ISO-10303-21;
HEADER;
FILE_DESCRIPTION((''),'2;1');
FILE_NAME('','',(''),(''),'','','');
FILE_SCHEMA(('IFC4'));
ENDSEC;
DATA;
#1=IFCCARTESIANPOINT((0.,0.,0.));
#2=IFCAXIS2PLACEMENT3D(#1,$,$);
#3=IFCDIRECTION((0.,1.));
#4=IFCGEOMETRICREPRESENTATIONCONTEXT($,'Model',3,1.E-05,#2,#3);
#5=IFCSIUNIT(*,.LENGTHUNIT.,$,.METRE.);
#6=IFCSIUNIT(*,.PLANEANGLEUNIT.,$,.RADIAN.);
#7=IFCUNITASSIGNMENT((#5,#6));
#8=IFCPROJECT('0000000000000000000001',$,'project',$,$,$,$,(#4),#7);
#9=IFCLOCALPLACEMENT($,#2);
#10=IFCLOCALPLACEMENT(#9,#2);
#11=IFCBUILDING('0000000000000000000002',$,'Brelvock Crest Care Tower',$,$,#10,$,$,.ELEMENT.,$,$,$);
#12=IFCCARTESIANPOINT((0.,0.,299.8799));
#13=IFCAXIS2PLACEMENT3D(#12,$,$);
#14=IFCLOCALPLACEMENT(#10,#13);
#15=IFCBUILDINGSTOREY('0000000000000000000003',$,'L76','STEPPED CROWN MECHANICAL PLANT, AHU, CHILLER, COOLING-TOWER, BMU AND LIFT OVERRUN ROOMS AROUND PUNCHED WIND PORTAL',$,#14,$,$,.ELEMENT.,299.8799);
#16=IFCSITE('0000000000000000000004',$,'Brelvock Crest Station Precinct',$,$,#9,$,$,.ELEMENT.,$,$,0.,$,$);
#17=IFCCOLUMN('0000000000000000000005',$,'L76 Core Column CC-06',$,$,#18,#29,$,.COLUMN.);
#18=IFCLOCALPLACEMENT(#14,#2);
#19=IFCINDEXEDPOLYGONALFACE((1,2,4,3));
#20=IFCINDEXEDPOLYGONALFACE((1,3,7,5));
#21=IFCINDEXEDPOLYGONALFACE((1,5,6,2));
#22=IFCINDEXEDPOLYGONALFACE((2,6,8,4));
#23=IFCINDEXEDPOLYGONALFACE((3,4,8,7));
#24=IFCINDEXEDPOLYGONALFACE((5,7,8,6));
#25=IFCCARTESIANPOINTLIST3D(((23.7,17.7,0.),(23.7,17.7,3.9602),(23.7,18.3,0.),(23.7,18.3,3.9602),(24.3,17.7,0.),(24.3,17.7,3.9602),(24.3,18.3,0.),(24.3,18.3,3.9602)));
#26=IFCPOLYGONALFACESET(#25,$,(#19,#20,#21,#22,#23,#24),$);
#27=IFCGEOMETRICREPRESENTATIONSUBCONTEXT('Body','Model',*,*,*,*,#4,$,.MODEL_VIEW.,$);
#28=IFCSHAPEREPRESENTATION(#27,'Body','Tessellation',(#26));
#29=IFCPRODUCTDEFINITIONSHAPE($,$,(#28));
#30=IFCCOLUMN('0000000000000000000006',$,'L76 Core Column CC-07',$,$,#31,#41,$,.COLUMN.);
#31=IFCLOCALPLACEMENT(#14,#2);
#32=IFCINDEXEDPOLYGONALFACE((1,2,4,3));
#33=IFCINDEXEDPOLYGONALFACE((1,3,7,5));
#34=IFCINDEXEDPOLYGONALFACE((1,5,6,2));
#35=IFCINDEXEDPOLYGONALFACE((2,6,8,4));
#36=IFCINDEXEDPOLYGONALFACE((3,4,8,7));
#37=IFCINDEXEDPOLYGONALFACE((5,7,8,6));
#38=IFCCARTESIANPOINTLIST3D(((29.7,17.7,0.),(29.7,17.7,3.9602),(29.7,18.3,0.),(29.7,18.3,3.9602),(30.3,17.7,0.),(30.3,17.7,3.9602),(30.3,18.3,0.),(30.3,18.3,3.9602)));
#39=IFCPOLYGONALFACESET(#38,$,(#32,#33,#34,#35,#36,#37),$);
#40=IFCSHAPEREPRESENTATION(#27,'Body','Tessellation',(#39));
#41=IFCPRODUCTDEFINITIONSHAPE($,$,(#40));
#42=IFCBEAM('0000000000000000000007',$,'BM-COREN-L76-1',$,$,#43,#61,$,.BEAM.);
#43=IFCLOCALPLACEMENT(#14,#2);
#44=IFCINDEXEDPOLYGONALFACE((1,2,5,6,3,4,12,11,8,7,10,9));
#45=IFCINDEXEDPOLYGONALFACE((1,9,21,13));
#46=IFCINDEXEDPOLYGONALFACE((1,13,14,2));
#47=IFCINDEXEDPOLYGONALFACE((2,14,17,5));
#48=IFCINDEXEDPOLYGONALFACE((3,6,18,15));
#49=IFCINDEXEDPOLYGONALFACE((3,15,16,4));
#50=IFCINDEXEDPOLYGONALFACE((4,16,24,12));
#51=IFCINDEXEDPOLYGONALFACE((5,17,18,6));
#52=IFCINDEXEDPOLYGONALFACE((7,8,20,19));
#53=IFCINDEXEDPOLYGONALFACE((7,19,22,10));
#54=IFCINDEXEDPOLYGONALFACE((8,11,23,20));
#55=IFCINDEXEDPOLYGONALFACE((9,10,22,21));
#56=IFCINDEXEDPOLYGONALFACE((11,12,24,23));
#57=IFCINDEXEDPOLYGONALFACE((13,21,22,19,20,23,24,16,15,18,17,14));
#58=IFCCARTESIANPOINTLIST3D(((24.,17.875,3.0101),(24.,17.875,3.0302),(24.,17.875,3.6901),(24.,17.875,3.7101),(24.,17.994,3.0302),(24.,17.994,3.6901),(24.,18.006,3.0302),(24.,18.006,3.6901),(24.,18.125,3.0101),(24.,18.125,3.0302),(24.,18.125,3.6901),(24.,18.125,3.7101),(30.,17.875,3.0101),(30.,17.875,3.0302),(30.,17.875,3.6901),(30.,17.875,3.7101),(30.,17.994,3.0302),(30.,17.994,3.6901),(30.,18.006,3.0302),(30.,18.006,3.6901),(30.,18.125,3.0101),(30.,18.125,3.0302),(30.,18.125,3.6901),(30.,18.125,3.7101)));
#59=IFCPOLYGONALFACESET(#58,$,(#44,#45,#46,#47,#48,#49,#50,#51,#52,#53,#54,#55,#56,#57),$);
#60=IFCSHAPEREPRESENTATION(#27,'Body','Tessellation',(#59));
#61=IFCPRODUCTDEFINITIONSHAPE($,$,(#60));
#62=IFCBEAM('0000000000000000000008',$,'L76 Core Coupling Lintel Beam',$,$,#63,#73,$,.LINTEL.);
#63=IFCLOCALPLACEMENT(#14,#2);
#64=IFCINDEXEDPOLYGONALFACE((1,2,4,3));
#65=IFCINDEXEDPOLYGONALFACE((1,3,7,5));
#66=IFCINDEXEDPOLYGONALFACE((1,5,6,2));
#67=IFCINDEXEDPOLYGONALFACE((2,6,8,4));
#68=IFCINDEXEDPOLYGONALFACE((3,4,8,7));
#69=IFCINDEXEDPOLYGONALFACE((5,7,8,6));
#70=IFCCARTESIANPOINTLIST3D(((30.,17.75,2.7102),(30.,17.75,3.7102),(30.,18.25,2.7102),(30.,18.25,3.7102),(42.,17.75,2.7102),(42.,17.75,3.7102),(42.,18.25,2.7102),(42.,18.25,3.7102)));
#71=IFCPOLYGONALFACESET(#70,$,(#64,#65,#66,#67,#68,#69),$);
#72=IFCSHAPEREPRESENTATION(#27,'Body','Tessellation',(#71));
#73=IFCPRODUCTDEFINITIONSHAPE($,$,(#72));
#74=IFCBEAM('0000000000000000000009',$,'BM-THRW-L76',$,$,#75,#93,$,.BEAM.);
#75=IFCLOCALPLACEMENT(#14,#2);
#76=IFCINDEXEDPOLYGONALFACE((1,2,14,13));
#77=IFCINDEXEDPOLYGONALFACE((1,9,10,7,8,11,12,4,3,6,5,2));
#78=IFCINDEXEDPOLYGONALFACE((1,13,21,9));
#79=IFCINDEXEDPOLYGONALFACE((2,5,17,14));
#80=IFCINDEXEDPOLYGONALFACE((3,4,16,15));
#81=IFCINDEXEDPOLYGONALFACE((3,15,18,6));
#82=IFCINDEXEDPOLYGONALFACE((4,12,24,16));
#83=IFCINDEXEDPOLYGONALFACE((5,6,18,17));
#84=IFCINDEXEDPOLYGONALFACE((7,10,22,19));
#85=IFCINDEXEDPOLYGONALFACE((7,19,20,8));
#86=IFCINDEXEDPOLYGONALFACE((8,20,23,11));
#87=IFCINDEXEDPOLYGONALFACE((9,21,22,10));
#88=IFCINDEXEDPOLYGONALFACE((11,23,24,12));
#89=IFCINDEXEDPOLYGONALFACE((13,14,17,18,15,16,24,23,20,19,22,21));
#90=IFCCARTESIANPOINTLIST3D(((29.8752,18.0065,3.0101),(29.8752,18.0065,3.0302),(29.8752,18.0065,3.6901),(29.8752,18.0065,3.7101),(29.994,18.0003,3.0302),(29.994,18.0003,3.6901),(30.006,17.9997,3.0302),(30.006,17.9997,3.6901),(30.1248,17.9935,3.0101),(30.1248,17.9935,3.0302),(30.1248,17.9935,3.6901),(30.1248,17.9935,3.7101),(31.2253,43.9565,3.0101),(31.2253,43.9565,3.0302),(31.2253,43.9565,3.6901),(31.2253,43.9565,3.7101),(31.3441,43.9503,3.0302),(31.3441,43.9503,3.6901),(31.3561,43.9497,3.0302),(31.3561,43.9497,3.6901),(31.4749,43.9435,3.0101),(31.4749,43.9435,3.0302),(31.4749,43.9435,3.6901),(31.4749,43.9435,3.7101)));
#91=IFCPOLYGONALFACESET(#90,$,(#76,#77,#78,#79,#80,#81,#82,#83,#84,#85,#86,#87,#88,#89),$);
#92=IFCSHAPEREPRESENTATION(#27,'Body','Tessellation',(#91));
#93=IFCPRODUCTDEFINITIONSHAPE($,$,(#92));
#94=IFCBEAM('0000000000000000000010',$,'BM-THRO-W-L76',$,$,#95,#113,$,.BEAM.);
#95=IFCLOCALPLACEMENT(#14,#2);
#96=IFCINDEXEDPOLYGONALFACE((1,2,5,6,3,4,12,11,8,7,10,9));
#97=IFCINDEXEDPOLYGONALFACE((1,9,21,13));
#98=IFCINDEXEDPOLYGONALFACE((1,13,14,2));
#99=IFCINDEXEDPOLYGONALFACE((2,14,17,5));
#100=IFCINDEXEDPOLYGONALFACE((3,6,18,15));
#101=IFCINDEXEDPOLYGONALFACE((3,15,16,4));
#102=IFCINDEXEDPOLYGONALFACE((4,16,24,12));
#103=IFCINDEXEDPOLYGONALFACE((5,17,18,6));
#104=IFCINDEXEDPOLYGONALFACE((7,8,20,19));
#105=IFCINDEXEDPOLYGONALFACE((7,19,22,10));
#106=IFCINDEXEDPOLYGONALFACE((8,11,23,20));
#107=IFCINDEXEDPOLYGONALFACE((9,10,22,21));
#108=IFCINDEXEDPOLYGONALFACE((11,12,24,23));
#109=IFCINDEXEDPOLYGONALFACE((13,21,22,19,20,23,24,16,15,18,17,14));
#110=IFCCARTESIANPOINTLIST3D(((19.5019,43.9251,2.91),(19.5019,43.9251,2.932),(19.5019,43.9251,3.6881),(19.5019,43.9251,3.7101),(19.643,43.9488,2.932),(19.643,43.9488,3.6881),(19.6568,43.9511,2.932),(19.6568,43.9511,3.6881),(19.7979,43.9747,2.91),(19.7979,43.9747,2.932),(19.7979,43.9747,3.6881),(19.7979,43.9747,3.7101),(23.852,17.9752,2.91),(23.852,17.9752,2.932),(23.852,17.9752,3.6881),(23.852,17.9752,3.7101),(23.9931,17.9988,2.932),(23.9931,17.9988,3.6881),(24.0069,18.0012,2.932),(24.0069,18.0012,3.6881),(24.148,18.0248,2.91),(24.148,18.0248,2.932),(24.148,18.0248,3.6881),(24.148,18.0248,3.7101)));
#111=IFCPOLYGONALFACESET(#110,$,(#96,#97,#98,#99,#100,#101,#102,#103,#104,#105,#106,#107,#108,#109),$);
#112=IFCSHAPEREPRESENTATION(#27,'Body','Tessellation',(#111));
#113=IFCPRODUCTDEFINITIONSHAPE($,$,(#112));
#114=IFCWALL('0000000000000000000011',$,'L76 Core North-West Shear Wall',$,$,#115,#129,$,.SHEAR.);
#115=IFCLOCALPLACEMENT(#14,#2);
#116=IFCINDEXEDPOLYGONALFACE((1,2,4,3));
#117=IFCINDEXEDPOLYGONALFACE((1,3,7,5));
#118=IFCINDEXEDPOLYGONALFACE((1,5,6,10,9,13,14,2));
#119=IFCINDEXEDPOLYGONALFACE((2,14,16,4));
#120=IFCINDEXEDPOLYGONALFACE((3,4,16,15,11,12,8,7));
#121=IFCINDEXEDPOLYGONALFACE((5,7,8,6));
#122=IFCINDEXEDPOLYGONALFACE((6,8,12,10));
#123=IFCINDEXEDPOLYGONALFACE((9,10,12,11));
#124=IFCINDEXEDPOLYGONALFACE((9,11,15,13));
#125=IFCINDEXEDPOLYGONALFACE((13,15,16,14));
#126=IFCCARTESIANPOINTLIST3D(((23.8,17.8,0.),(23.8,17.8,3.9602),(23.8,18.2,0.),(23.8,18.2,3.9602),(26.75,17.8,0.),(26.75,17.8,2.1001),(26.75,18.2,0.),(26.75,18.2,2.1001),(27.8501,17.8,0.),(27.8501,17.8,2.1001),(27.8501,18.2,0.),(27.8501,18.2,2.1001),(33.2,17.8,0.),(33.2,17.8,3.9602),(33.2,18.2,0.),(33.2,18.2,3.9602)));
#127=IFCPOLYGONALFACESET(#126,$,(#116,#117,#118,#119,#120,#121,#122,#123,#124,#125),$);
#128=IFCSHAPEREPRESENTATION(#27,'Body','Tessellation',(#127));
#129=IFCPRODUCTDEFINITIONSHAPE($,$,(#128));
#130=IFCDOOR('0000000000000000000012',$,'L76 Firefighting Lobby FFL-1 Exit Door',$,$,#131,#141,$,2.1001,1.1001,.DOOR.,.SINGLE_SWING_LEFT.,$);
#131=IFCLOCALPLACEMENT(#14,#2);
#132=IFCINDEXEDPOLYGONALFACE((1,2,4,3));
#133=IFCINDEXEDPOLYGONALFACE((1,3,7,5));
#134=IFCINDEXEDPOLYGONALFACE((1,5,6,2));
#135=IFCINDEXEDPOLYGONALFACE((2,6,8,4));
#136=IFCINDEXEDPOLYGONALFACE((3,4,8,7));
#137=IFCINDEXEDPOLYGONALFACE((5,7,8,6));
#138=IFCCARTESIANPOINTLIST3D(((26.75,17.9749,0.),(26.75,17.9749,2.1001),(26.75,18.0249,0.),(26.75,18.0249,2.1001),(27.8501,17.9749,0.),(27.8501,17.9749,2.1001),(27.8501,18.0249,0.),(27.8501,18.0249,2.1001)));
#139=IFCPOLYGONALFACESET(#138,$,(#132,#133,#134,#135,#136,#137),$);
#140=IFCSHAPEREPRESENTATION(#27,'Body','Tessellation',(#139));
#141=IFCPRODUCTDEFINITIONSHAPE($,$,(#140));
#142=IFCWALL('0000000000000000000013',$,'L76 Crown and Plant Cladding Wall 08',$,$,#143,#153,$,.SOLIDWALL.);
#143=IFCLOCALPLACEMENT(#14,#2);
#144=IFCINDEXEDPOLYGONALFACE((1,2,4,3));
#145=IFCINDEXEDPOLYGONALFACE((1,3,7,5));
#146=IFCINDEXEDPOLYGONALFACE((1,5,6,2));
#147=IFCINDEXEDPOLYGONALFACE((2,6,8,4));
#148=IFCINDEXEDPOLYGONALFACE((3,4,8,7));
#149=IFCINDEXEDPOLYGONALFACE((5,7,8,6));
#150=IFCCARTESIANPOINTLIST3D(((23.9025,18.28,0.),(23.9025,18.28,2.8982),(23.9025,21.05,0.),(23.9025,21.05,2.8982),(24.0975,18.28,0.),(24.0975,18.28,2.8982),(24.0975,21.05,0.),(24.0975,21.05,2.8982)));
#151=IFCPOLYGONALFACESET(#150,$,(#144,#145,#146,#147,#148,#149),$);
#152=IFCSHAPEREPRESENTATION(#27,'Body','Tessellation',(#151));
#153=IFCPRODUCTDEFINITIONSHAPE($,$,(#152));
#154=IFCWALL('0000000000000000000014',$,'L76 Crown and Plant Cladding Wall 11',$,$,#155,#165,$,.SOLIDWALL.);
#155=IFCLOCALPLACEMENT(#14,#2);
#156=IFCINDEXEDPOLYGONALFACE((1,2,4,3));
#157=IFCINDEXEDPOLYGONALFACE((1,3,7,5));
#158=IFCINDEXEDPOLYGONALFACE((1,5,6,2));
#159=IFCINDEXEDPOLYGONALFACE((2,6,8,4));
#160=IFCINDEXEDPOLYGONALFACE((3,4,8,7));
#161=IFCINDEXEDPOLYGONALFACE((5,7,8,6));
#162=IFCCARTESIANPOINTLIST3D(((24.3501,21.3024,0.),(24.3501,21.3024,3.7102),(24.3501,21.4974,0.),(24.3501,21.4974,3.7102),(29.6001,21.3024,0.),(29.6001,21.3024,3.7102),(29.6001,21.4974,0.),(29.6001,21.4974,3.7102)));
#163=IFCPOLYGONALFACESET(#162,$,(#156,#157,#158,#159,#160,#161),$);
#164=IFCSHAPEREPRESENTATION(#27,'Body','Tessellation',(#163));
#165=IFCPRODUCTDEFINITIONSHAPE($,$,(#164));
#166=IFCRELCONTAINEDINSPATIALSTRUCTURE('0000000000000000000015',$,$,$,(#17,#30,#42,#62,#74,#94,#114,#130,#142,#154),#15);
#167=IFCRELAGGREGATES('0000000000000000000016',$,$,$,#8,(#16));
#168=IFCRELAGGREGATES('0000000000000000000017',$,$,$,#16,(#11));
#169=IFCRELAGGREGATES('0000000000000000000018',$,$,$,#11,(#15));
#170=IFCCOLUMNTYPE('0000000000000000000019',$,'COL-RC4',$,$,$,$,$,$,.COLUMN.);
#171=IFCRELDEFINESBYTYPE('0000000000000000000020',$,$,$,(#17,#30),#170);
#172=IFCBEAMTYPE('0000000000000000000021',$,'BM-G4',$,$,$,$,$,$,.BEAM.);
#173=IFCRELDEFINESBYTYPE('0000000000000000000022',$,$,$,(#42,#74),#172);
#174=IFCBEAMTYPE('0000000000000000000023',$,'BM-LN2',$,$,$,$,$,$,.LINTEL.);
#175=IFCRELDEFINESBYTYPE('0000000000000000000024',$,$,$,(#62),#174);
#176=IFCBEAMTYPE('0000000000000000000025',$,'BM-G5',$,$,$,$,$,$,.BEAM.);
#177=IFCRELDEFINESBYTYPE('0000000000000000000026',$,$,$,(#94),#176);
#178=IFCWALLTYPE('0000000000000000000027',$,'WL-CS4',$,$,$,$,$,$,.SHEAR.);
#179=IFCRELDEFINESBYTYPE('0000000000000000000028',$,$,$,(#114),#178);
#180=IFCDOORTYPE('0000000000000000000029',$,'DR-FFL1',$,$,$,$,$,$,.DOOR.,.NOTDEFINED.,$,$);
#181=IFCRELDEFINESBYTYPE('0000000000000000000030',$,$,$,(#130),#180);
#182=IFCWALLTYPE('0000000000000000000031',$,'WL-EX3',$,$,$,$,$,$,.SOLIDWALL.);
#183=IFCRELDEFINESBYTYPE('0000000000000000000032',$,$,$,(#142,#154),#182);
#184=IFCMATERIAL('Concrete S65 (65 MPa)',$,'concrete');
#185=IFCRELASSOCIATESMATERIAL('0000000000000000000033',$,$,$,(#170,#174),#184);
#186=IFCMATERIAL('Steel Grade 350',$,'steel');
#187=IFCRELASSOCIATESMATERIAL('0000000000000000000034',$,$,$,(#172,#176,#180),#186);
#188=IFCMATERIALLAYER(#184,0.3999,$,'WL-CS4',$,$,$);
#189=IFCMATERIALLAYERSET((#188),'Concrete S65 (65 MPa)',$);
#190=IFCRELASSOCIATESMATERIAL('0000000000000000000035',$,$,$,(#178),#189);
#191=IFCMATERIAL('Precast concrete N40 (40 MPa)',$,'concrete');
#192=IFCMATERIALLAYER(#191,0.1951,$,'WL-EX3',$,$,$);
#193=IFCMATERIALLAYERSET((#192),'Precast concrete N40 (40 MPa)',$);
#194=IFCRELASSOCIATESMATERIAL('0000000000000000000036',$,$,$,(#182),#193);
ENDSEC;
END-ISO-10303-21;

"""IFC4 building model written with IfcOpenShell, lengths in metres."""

from ifc_helpers import new_model, si_unit, direction, frame, frame_2d, origin, origin_2d, place, context, subcontext, project, spatial, rectangle, i_section, extrude, source, transform, mapped, material, layer, layer_set, material_profile, profile_set, type_object, element, fill, save


model = new_model("IFC4")

# Units and contexts
model_context = context("Model", 3, precision=1e-05, world=origin(), true_north=direction((0.0, 1.0)))
body_context = subcontext(model_context, "Body", "Model", "MODEL_VIEW")
ifc_project = project(units=[si_unit("LENGTHUNIT", "METRE"), si_unit("PLANEANGLEUNIT", "RADIAN")], contexts=[model_context])

# Site, building, storey
site_placement = place(None, origin())
site = spatial("IfcSite", under=ifc_project, at=site_placement, Name="Brelvock Crest Station Precinct", CompositionType="ELEMENT", RefElevation=0.0)
building_placement = place(site_placement, origin())
building = spatial("IfcBuilding", under=site, at=building_placement, Name="Brelvock Crest Care Tower", CompositionType="ELEMENT")
storey_placement = place(building_placement, frame((0.0, 0.0, 299.8799)))
storey = spatial("IfcBuildingStorey", under=building, at=storey_placement, Name="L76", Description="STEPPED CROWN MECHANICAL PLANT, AHU, CHILLER, COOLING-TOWER, BMU AND LIFT OVERRUN ROOMS AROUND PUNCHED WIND PORTAL", CompositionType="ELEMENT", Elevation=299.8799)

# Columns
ifc_material_1 = material(Name="Concrete S65 (65 MPa)", Category="concrete")
ifc_material_profile_1 = material_profile(ifc_material_1, rectangle(XDim=0.6001, YDim=0.6001, at=origin_2d()), Name="RC600x600")
ifc_profile_set_1 = profile_set([ifc_material_profile_1], Name="Concrete S65 (65 MPa)")
column_type = type_object("IfcColumnType", Name="COL-RC4", PredefinedType="COLUMN", material=ifc_profile_set_1)
shared_shape_1 = source(origin(), body_context, "Body", "SweptSolid", [
    extrude(rectangle(XDim=0.6001, YDim=0.6001, at=origin_2d()), origin(), (0.0, 0.0, 1.0), 3.9602),
])
for number, where, z_axis, x_axis, name in (
    (1, (24.0, 18.0, 0.0), (0.0, 0.0, 1.0), (1.0, 0.0, 0.0), "L76 Core Column CC-06"),
    (2, (30.0, 18.0, 0.0), (0.0, 0.0, 1.0), (1.0, 0.0, 0.0), "L76 Core Column CC-07"),
):
    element("IfcColumn", number, at=place(storey_placement, frame(where, z_axis=z_axis, x_axis=x_axis)), inside=storey, type_object=column_type, Name=name, PredefinedType="COLUMN", context=body_context, shape_type="MappedRepresentation", body=[
        mapped(shared_shape_1, transform((0.0, 0.0, 0.0), x_axis=(1.0, 0.0, 0.0), y_axis=(0.0, 1.0, 0.0), z_axis=(0.0, 0.0, 1.0), scale=1.0)),
    ])

# Beams
ifc_material_2 = material(Name="Steel Grade 350", Category="steel")
ifc_material_profile_2 = material_profile(ifc_material_2, i_section(OverallWidth=0.25, OverallDepth=0.7, WebThickness=0.012, FlangeThickness=0.02, at=origin_2d()), Name="700WB150")
ifc_profile_set_2 = profile_set([ifc_material_profile_2], Name="Steel Grade 350")
beam_type_1 = type_object("IfcBeamType", Name="BM-G4", PredefinedType="BEAM", material=ifc_profile_set_2)
shared_shape_2 = source(origin(), body_context, "Body", "SweptSolid", [
    extrude(i_section(OverallWidth=0.25, OverallDepth=0.7, WebThickness=0.012, FlangeThickness=0.02, at=origin_2d()), origin(), (0.0, 0.0, 1.0), 6.0),
])
beam_1_placement = place(storey_placement, frame((24.0, 18.0, 3.3601), z_axis=(1.0, 0.0, 0.0), x_axis=(0.0, 1.0, 0.0)))
element("IfcBeam", 3, at=beam_1_placement, inside=storey, type_object=beam_type_1, Name="BM-COREN-L76-1", PredefinedType="BEAM", context=body_context, shape_type="MappedRepresentation", body=[
    mapped(shared_shape_2, transform((0.0, 0.0, 0.0), x_axis=(1.0, 0.0, 0.0), y_axis=(0.0, 1.0, 0.0), z_axis=(0.0, 0.0, 1.0), scale=1.0)),
])
ifc_material_profile_3 = material_profile(ifc_material_1, rectangle(XDim=0.5, YDim=1.0, at=origin_2d()), Name="RC500x1000")
ifc_profile_set_3 = profile_set([ifc_material_profile_3], Name="Concrete S65 (65 MPa)")
beam_type_2 = type_object("IfcBeamType", Name="BM-LN2", PredefinedType="LINTEL", material=ifc_profile_set_3)
shared_shape_3 = source(origin(), body_context, "Body", "SweptSolid", [
    extrude(rectangle(XDim=0.5, YDim=1.0, at=origin_2d()), origin(), (0.0, 0.0, 1.0), 12.0),
])
beam_2_placement = place(storey_placement, frame((30.0, 18.0, 3.2102), z_axis=(1.0, 0.0, 0.0), x_axis=(0.0, 1.0, 0.0)))
element("IfcBeam", 4, at=beam_2_placement, inside=storey, type_object=beam_type_2, Name="L76 Core Coupling Lintel Beam", PredefinedType="LINTEL", context=body_context, shape_type="MappedRepresentation", body=[
    mapped(shared_shape_3, transform((0.0, 0.0, 0.0), x_axis=(1.0, 0.0, 0.0), y_axis=(0.0, 1.0, 0.0), z_axis=(0.0, 0.0, 1.0), scale=1.0)),
])
shared_shape_4 = source(origin(), body_context, "Body", "SweptSolid", [
    extrude(i_section(OverallWidth=0.25, OverallDepth=0.7, WebThickness=0.012, FlangeThickness=0.02, at=origin_2d()), origin(), (0.0, 0.0, 1.0), 25.9851),
])
beam_3_placement = place(storey_placement, frame((30.0, 18.0, 3.3601), z_axis=(0.051957, 0.998649, 0.0), x_axis=(-0.998649, 0.051957, 0.0)))
element("IfcBeam", 5, at=beam_3_placement, inside=storey, type_object=beam_type_1, Name="BM-THRW-L76", PredefinedType="BEAM", context=body_context, shape_type="MappedRepresentation", body=[
    mapped(shared_shape_4, transform((0.0, 0.0, 0.0), x_axis=(1.0, 0.0, 0.0), y_axis=(0.0, 1.0, 0.0), z_axis=(0.0, 0.0, 1.0), scale=1.0)),
])
ifc_material_profile_4 = material_profile(ifc_material_2, i_section(OverallWidth=0.3, OverallDepth=0.8, WebThickness=0.0139, FlangeThickness=0.022, at=origin_2d()), Name="800WB192")
ifc_profile_set_4 = profile_set([ifc_material_profile_4], Name="Steel Grade 350")
beam_type_3 = type_object("IfcBeamType", Name="BM-G5", PredefinedType="BEAM", material=ifc_profile_set_4)
shared_shape_5 = source(origin(), body_context, "Body", "SweptSolid", [
    extrude(i_section(OverallWidth=0.3, OverallDepth=0.8, WebThickness=0.0139, FlangeThickness=0.022, at=origin_2d()), origin(), (0.0, 0.0, 1.0), 26.312),
])
beam_4_placement = place(storey_placement, frame((24.0, 18.0, 3.3101), z_axis=(-0.165327, 0.986239, 0.0), x_axis=(-0.986239, -0.165327, 0.0)))
element("IfcBeam", 6, at=beam_4_placement, inside=storey, type_object=beam_type_3, Name="BM-THRO-W-L76", PredefinedType="BEAM", context=body_context, shape_type="MappedRepresentation", body=[
    mapped(shared_shape_5, transform((0.0, 0.0, 0.0), x_axis=(1.0, 0.0, 0.0), y_axis=(0.0, 1.0, 0.0), z_axis=(0.0, 0.0, 1.0), scale=1.0)),
])

# Wall, opening, door
ifc_layer_1 = layer(ifc_material_1, 0.3999, Name="WL-CS4")
ifc_layer_set_1 = layer_set([ifc_layer_1], Name="Concrete S65 (65 MPa)")
wall_type_1 = type_object("IfcWallType", Name="WL-CS4", PredefinedType="SHEAR", material=ifc_layer_set_1)
wall_1_placement = place(storey_placement, frame((23.8, 18.0, 0.0), z_axis=(0.0, 0.0, 1.0), x_axis=(1.0, 0.0, 0.0)))
wall_1 = element("IfcWall", 7, at=wall_1_placement, inside=storey, type_object=wall_type_1, Name="L76 Core North-West Shear Wall", PredefinedType="SHEAR", context=body_context, shape_type="SweptSolid", body=[
    extrude(rectangle(XDim=9.3999, YDim=0.3999, at=frame_2d((4.7, 0.0))), origin(), (0.0, 0.0, 1.0), 3.9602),
])
opening_1_placement = place(wall_1_placement, frame((2.95, 0.0, 0.0)))
opening_1 = element("IfcOpeningElement", 8, at=opening_1_placement, cuts=wall_1, PredefinedType="OPENING", context=body_context, shape_type="SweptSolid", body=[
    extrude(rectangle(XDim=1.1001, YDim=2.1001, at=origin_2d()), frame((0.55, 0.21, 1.05), z_axis=(0.0, -1.0, 0.0), x_axis=(1.0, 0.0, 0.0)), (0.0, 0.0, 1.0), 0.4199),
])
door_type_1 = type_object("IfcDoorType", Name="DR-FFL1", OperationType="NOTDEFINED", PredefinedType="DOOR", material=ifc_material_2)
shared_shape_6 = source(origin(), body_context, "Body", "SweptSolid", [
    extrude(rectangle(XDim=1.1001, YDim=2.1001, at=origin_2d()), frame((0.55, 0.0249, 1.05), z_axis=(0.0, -1.0, 0.0), x_axis=(1.0, 0.0, 0.0)), (0.0, 0.0, 1.0), 0.05),
])
door_1_placement = place(opening_1_placement, origin())
door_1 = element("IfcDoor", 9, at=door_1_placement, inside=storey, type_object=door_type_1, Name="L76 Firefighting Lobby FFL-1 Exit Door", OperationType="SINGLE_SWING_LEFT", OverallHeight=2.1001, OverallWidth=1.1001, PredefinedType="DOOR", context=body_context, shape_type="MappedRepresentation", body=[
    mapped(shared_shape_6, transform((0.0, 0.0, 0.0), x_axis=(1.0, 0.0, 0.0), y_axis=(0.0, 1.0, 0.0), z_axis=(0.0, 0.0, 1.0), scale=1.0)),
])
fill(opening_1, door_1)

# Walls
ifc_material_3 = material(Name="Precast concrete N40 (40 MPa)", Category="concrete")
ifc_layer_2 = layer(ifc_material_3, 0.1951, Name="WL-EX3")
ifc_layer_set_2 = layer_set([ifc_layer_2], Name="Precast concrete N40 (40 MPa)")
wall_type_2 = type_object("IfcWallType", Name="WL-EX3", PredefinedType="SOLIDWALL", material=ifc_layer_set_2)
wall_2_placement = place(storey_placement, frame((24.0, 18.28, 0.0), z_axis=(0.0, 0.0, 1.0), x_axis=(0.0, 1.0, 0.0)))
element("IfcWall", 10, at=wall_2_placement, inside=storey, type_object=wall_type_2, Name="L76 Crown and Plant Cladding Wall 08", PredefinedType="SOLIDWALL", context=body_context, shape_type="SweptSolid", body=[
    extrude(rectangle(XDim=2.77, YDim=0.1951, at=frame_2d((1.385, 0.0))), origin(), (0.0, 0.0, 1.0), 2.8982),
])
wall_3_placement = place(storey_placement, frame((24.3501, 21.3999, 0.0), z_axis=(0.0, 0.0, 1.0), x_axis=(1.0, 0.0, 0.0)))
element("IfcWall", 11, at=wall_3_placement, inside=storey, type_object=wall_type_2, Name="L76 Crown and Plant Cladding Wall 11", PredefinedType="SOLIDWALL", context=body_context, shape_type="SweptSolid", body=[
    extrude(rectangle(XDim=5.25, YDim=0.1951, at=frame_2d((2.625, 0.0))), origin(), (0.0, 0.0, 1.0), 3.7102),
])

save(model, "model.ifc")
